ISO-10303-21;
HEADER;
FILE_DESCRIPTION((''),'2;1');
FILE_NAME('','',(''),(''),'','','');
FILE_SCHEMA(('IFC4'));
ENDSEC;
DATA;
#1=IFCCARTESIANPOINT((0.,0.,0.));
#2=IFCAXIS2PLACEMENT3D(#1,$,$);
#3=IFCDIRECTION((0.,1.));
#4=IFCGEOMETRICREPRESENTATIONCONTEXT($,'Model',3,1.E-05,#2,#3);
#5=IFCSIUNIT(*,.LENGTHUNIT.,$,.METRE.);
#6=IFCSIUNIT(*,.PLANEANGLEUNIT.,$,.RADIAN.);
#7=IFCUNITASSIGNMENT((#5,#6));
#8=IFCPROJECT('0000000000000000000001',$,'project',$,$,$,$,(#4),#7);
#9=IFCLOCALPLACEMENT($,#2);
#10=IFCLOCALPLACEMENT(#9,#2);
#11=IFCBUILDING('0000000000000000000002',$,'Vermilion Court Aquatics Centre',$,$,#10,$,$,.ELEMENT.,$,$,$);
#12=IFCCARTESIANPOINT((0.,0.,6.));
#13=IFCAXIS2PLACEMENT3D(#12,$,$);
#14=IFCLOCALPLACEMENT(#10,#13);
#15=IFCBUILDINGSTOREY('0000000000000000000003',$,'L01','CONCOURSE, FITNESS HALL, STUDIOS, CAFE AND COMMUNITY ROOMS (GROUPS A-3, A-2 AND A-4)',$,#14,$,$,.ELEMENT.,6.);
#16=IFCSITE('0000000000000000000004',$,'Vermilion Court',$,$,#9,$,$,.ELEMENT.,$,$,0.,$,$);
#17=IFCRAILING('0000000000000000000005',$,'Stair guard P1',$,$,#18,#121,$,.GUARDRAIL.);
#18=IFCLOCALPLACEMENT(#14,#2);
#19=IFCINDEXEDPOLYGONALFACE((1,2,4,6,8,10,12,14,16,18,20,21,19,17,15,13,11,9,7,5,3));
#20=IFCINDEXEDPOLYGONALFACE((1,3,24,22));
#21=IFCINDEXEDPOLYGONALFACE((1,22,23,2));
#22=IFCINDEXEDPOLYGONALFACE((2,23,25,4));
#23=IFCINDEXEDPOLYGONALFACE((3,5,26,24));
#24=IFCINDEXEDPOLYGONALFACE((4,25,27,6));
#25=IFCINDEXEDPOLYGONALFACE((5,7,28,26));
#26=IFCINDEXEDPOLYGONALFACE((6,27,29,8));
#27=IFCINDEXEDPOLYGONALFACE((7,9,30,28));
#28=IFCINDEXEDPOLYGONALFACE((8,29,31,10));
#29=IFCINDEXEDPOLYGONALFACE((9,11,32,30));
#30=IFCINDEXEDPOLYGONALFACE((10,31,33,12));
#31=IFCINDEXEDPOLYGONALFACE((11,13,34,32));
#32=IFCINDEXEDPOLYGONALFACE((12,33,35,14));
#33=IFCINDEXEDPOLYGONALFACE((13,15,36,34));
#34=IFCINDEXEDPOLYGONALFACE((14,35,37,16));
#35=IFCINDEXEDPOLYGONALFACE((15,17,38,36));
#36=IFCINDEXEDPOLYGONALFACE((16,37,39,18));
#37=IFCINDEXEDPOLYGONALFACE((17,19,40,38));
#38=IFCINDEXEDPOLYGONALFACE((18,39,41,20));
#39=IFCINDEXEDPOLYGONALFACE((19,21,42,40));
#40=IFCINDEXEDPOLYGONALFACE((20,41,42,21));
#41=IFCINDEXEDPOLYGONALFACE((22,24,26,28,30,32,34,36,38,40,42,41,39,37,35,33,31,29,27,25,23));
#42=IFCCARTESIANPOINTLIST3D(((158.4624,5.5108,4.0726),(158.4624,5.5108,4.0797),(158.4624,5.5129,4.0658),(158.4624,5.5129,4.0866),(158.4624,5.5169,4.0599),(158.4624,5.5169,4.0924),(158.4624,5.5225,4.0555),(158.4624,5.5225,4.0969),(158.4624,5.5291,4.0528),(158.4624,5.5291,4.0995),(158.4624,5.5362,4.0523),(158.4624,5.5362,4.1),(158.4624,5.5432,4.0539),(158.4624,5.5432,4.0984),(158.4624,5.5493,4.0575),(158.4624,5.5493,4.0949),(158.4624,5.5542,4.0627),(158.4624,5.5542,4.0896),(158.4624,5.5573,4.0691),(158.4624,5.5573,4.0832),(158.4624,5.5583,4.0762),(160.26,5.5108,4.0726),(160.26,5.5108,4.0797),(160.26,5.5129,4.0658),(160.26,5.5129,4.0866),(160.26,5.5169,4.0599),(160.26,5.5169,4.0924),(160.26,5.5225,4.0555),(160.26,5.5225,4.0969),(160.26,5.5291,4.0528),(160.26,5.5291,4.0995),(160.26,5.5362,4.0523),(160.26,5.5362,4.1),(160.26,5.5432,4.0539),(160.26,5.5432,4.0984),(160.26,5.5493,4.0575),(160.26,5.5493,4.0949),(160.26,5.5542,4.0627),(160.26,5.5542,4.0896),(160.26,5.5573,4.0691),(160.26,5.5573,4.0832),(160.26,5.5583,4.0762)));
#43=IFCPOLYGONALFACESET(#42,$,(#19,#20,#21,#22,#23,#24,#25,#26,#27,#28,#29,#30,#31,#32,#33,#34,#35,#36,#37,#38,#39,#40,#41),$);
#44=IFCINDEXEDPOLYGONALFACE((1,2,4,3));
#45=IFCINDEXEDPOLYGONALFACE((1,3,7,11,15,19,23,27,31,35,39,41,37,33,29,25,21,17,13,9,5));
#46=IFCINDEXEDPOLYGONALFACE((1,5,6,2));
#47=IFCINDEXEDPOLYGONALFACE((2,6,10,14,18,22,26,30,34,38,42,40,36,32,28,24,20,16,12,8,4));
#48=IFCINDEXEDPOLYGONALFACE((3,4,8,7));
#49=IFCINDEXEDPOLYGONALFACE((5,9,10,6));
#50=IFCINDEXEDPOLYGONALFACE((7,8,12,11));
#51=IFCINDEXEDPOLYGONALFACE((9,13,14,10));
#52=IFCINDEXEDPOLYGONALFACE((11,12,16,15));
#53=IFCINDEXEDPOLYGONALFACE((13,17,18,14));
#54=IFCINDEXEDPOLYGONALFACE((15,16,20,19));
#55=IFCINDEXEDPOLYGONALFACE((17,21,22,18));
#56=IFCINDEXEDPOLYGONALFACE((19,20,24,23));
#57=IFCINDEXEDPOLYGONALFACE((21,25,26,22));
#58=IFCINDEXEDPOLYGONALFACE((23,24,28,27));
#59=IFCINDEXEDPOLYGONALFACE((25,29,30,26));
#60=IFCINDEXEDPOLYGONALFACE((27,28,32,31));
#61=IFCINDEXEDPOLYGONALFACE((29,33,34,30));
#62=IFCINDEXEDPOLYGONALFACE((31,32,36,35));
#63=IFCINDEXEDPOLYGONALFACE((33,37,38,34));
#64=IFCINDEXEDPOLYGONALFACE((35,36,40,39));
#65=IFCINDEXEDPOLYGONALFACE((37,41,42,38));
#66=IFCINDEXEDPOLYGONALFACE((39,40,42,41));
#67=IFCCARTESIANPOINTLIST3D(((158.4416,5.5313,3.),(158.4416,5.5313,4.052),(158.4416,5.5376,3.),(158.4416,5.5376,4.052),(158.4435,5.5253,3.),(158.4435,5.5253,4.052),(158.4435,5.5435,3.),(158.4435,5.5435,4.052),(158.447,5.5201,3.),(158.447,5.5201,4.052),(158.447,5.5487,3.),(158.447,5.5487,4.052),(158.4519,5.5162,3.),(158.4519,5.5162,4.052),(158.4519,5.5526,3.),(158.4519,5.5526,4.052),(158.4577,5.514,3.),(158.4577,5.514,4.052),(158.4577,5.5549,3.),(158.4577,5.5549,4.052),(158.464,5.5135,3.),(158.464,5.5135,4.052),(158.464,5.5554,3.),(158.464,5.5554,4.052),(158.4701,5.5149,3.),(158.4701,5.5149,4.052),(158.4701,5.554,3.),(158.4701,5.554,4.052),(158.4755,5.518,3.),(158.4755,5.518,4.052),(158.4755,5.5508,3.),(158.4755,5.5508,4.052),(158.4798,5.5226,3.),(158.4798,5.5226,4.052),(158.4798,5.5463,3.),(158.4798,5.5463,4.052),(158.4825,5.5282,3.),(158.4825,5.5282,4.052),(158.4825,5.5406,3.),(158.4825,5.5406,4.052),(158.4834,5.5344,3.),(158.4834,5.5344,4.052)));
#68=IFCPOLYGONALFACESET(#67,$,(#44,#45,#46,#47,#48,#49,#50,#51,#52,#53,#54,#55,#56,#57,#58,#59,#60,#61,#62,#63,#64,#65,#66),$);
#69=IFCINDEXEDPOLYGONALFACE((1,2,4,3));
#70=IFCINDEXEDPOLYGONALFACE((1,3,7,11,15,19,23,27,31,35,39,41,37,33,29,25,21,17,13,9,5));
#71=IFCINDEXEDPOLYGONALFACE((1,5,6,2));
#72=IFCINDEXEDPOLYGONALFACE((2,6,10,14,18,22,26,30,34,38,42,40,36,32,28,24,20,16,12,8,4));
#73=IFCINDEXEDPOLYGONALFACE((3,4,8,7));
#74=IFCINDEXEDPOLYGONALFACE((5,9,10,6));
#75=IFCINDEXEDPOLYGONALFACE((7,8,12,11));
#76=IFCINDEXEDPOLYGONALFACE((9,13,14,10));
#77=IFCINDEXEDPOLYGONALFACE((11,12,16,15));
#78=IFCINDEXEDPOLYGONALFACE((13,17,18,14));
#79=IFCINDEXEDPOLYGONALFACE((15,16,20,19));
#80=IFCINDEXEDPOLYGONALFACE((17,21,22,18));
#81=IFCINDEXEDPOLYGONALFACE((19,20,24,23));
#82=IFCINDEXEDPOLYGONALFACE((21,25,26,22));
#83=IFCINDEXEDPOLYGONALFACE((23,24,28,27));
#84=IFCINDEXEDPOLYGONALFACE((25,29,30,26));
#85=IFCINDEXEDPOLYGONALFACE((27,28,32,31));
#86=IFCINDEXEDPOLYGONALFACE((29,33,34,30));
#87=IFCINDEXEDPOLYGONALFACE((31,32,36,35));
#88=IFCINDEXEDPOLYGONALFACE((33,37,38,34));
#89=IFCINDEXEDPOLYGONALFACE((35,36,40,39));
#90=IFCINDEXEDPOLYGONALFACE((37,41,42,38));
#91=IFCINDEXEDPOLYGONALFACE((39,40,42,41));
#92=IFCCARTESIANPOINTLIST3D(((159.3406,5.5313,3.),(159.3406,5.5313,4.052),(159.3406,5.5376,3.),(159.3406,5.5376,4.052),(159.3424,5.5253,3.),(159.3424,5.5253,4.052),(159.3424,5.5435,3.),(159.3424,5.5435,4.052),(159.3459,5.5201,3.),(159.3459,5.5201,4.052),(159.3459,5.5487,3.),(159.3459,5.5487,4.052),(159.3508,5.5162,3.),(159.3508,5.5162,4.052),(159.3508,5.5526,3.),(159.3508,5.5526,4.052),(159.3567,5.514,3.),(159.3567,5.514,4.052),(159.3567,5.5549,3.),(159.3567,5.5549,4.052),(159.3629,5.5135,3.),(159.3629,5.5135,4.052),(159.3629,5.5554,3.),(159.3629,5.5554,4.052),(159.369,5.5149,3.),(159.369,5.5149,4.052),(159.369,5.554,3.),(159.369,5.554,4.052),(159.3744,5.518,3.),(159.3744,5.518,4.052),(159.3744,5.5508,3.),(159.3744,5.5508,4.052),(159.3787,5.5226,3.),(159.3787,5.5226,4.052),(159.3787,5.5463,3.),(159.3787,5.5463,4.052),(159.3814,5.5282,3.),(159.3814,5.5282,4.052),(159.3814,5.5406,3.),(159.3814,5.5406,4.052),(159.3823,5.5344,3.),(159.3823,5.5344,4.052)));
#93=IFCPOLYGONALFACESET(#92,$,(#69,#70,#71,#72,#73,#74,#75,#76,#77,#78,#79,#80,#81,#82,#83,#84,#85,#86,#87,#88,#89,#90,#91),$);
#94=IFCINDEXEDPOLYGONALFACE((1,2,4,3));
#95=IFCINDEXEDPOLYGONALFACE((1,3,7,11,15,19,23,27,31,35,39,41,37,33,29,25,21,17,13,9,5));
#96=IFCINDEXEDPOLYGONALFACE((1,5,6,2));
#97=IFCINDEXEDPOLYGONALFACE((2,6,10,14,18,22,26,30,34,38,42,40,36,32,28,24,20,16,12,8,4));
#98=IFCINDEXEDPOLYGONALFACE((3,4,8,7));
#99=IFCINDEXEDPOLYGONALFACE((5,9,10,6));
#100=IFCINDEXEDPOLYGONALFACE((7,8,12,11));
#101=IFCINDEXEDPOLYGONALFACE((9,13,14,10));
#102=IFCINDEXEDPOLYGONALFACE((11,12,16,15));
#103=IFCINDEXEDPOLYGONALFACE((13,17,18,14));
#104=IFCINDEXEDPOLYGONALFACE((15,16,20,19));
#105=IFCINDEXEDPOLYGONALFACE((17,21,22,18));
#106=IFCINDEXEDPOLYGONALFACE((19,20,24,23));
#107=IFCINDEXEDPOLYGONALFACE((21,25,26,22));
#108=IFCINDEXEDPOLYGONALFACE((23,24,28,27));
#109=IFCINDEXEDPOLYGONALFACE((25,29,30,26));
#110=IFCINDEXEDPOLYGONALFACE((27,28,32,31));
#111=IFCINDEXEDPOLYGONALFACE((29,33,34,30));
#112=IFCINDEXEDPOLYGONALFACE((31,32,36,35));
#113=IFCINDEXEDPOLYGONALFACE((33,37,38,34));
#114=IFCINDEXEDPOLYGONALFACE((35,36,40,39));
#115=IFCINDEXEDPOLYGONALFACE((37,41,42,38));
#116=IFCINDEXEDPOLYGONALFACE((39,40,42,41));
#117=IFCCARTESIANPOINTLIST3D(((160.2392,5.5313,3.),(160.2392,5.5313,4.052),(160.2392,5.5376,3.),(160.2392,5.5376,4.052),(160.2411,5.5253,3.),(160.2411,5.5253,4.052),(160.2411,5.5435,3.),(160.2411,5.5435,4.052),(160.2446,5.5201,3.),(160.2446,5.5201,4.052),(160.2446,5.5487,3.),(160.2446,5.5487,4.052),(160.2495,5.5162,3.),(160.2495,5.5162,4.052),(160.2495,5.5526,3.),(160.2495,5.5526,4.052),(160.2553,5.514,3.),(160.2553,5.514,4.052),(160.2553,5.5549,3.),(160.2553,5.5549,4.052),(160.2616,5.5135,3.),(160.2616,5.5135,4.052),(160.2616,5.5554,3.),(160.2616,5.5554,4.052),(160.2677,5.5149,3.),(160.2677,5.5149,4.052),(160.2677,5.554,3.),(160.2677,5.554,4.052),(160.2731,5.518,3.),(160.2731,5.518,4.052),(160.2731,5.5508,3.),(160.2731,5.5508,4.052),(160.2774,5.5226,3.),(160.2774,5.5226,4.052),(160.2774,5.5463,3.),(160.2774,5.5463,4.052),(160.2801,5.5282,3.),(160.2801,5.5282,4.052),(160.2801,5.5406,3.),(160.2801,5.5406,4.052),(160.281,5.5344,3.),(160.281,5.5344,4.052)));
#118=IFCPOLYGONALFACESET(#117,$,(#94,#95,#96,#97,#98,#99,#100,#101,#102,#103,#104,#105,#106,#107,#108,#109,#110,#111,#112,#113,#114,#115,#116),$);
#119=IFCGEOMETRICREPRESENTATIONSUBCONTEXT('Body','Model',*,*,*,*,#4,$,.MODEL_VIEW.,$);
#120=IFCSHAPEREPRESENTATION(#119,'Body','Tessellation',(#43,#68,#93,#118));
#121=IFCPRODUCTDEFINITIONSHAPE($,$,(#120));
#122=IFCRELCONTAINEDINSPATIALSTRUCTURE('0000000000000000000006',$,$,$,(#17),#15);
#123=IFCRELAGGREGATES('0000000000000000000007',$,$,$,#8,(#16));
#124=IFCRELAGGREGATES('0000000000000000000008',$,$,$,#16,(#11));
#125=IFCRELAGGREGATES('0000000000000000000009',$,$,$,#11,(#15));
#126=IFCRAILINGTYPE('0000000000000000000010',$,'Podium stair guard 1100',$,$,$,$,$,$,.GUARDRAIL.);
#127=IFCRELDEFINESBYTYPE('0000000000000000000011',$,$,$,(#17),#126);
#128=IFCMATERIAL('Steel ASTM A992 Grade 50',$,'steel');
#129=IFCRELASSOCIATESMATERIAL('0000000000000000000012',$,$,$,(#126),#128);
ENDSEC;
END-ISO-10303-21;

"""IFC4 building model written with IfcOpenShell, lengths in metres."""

from ifc_helpers import new_model, si_unit, direction, frame, origin, origin_2d, place, context, subcontext, project, spatial, circle, extrude, material, type_object, element, save


model = new_model("IFC4")

# Units and contexts
model_context = context("Model", 3, precision=1e-05, world=origin(), true_north=direction((0.0, 1.0)))
body_context = subcontext(model_context, "Body", "Model", "MODEL_VIEW")
ifc_project = project(units=[si_unit("LENGTHUNIT", "METRE"), si_unit("PLANEANGLEUNIT", "RADIAN")], contexts=[model_context])

# Site, building, storey
site_placement = place(None, origin())
site = spatial("IfcSite", under=ifc_project, at=site_placement, Name="Vermilion Court", CompositionType="ELEMENT", RefElevation=0.0)
building_placement = place(site_placement, origin())
building = spatial("IfcBuilding", under=site, at=building_placement, Name="Vermilion Court Aquatics Centre", CompositionType="ELEMENT")
storey_placement = place(building_placement, frame((0.0, 0.0, 6.0)))
storey = spatial("IfcBuildingStorey", under=building, at=storey_placement, Name="L01", Description="CONCOURSE, FITNESS HALL, STUDIOS, CAFE AND COMMUNITY ROOMS (GROUPS A-3, A-2 AND A-4)", CompositionType="ELEMENT", Elevation=6.0)

# Railing
ifc_material_1 = material(Name="Steel ASTM A992 Grade 50", Category="steel")
railing_type_1 = type_object("IfcRailingType", Name="Podium stair guard 1100", PredefinedType="GUARDRAIL", material=ifc_material_1)
railing_1_placement = place(storey_placement, frame((158.4624, 5.5344, 3.0)))
element("IfcRailing", 1, at=railing_1_placement, inside=storey, type_object=railing_type_1, Name="Stair guard P1", PredefinedType="GUARDRAIL", context=body_context, shape_type="SweptSolid", body=[
    extrude(circle(Radius=0.0239, at=origin_2d()), frame((0.0, 0.0, 1.0762), z_axis=(1.0, 0.0, 0.0), x_axis=(0.0, 1.0, 0.0)), (0.0, 0.0, 1.0), 1.7976),
    extrude(circle(Radius=0.021, at=origin_2d()), origin(), (0.0, 0.0, 1.0), 1.052),
    extrude(circle(Radius=0.021, at=origin_2d()), frame((0.8989, 0.0, 0.0)), (0.0, 0.0, 1.0), 1.052),
    extrude(circle(Radius=0.021, at=origin_2d()), frame((1.7976, 0.0, 0.0)), (0.0, 0.0, 1.0), 1.052),
])

save(model, "model.ifc")
